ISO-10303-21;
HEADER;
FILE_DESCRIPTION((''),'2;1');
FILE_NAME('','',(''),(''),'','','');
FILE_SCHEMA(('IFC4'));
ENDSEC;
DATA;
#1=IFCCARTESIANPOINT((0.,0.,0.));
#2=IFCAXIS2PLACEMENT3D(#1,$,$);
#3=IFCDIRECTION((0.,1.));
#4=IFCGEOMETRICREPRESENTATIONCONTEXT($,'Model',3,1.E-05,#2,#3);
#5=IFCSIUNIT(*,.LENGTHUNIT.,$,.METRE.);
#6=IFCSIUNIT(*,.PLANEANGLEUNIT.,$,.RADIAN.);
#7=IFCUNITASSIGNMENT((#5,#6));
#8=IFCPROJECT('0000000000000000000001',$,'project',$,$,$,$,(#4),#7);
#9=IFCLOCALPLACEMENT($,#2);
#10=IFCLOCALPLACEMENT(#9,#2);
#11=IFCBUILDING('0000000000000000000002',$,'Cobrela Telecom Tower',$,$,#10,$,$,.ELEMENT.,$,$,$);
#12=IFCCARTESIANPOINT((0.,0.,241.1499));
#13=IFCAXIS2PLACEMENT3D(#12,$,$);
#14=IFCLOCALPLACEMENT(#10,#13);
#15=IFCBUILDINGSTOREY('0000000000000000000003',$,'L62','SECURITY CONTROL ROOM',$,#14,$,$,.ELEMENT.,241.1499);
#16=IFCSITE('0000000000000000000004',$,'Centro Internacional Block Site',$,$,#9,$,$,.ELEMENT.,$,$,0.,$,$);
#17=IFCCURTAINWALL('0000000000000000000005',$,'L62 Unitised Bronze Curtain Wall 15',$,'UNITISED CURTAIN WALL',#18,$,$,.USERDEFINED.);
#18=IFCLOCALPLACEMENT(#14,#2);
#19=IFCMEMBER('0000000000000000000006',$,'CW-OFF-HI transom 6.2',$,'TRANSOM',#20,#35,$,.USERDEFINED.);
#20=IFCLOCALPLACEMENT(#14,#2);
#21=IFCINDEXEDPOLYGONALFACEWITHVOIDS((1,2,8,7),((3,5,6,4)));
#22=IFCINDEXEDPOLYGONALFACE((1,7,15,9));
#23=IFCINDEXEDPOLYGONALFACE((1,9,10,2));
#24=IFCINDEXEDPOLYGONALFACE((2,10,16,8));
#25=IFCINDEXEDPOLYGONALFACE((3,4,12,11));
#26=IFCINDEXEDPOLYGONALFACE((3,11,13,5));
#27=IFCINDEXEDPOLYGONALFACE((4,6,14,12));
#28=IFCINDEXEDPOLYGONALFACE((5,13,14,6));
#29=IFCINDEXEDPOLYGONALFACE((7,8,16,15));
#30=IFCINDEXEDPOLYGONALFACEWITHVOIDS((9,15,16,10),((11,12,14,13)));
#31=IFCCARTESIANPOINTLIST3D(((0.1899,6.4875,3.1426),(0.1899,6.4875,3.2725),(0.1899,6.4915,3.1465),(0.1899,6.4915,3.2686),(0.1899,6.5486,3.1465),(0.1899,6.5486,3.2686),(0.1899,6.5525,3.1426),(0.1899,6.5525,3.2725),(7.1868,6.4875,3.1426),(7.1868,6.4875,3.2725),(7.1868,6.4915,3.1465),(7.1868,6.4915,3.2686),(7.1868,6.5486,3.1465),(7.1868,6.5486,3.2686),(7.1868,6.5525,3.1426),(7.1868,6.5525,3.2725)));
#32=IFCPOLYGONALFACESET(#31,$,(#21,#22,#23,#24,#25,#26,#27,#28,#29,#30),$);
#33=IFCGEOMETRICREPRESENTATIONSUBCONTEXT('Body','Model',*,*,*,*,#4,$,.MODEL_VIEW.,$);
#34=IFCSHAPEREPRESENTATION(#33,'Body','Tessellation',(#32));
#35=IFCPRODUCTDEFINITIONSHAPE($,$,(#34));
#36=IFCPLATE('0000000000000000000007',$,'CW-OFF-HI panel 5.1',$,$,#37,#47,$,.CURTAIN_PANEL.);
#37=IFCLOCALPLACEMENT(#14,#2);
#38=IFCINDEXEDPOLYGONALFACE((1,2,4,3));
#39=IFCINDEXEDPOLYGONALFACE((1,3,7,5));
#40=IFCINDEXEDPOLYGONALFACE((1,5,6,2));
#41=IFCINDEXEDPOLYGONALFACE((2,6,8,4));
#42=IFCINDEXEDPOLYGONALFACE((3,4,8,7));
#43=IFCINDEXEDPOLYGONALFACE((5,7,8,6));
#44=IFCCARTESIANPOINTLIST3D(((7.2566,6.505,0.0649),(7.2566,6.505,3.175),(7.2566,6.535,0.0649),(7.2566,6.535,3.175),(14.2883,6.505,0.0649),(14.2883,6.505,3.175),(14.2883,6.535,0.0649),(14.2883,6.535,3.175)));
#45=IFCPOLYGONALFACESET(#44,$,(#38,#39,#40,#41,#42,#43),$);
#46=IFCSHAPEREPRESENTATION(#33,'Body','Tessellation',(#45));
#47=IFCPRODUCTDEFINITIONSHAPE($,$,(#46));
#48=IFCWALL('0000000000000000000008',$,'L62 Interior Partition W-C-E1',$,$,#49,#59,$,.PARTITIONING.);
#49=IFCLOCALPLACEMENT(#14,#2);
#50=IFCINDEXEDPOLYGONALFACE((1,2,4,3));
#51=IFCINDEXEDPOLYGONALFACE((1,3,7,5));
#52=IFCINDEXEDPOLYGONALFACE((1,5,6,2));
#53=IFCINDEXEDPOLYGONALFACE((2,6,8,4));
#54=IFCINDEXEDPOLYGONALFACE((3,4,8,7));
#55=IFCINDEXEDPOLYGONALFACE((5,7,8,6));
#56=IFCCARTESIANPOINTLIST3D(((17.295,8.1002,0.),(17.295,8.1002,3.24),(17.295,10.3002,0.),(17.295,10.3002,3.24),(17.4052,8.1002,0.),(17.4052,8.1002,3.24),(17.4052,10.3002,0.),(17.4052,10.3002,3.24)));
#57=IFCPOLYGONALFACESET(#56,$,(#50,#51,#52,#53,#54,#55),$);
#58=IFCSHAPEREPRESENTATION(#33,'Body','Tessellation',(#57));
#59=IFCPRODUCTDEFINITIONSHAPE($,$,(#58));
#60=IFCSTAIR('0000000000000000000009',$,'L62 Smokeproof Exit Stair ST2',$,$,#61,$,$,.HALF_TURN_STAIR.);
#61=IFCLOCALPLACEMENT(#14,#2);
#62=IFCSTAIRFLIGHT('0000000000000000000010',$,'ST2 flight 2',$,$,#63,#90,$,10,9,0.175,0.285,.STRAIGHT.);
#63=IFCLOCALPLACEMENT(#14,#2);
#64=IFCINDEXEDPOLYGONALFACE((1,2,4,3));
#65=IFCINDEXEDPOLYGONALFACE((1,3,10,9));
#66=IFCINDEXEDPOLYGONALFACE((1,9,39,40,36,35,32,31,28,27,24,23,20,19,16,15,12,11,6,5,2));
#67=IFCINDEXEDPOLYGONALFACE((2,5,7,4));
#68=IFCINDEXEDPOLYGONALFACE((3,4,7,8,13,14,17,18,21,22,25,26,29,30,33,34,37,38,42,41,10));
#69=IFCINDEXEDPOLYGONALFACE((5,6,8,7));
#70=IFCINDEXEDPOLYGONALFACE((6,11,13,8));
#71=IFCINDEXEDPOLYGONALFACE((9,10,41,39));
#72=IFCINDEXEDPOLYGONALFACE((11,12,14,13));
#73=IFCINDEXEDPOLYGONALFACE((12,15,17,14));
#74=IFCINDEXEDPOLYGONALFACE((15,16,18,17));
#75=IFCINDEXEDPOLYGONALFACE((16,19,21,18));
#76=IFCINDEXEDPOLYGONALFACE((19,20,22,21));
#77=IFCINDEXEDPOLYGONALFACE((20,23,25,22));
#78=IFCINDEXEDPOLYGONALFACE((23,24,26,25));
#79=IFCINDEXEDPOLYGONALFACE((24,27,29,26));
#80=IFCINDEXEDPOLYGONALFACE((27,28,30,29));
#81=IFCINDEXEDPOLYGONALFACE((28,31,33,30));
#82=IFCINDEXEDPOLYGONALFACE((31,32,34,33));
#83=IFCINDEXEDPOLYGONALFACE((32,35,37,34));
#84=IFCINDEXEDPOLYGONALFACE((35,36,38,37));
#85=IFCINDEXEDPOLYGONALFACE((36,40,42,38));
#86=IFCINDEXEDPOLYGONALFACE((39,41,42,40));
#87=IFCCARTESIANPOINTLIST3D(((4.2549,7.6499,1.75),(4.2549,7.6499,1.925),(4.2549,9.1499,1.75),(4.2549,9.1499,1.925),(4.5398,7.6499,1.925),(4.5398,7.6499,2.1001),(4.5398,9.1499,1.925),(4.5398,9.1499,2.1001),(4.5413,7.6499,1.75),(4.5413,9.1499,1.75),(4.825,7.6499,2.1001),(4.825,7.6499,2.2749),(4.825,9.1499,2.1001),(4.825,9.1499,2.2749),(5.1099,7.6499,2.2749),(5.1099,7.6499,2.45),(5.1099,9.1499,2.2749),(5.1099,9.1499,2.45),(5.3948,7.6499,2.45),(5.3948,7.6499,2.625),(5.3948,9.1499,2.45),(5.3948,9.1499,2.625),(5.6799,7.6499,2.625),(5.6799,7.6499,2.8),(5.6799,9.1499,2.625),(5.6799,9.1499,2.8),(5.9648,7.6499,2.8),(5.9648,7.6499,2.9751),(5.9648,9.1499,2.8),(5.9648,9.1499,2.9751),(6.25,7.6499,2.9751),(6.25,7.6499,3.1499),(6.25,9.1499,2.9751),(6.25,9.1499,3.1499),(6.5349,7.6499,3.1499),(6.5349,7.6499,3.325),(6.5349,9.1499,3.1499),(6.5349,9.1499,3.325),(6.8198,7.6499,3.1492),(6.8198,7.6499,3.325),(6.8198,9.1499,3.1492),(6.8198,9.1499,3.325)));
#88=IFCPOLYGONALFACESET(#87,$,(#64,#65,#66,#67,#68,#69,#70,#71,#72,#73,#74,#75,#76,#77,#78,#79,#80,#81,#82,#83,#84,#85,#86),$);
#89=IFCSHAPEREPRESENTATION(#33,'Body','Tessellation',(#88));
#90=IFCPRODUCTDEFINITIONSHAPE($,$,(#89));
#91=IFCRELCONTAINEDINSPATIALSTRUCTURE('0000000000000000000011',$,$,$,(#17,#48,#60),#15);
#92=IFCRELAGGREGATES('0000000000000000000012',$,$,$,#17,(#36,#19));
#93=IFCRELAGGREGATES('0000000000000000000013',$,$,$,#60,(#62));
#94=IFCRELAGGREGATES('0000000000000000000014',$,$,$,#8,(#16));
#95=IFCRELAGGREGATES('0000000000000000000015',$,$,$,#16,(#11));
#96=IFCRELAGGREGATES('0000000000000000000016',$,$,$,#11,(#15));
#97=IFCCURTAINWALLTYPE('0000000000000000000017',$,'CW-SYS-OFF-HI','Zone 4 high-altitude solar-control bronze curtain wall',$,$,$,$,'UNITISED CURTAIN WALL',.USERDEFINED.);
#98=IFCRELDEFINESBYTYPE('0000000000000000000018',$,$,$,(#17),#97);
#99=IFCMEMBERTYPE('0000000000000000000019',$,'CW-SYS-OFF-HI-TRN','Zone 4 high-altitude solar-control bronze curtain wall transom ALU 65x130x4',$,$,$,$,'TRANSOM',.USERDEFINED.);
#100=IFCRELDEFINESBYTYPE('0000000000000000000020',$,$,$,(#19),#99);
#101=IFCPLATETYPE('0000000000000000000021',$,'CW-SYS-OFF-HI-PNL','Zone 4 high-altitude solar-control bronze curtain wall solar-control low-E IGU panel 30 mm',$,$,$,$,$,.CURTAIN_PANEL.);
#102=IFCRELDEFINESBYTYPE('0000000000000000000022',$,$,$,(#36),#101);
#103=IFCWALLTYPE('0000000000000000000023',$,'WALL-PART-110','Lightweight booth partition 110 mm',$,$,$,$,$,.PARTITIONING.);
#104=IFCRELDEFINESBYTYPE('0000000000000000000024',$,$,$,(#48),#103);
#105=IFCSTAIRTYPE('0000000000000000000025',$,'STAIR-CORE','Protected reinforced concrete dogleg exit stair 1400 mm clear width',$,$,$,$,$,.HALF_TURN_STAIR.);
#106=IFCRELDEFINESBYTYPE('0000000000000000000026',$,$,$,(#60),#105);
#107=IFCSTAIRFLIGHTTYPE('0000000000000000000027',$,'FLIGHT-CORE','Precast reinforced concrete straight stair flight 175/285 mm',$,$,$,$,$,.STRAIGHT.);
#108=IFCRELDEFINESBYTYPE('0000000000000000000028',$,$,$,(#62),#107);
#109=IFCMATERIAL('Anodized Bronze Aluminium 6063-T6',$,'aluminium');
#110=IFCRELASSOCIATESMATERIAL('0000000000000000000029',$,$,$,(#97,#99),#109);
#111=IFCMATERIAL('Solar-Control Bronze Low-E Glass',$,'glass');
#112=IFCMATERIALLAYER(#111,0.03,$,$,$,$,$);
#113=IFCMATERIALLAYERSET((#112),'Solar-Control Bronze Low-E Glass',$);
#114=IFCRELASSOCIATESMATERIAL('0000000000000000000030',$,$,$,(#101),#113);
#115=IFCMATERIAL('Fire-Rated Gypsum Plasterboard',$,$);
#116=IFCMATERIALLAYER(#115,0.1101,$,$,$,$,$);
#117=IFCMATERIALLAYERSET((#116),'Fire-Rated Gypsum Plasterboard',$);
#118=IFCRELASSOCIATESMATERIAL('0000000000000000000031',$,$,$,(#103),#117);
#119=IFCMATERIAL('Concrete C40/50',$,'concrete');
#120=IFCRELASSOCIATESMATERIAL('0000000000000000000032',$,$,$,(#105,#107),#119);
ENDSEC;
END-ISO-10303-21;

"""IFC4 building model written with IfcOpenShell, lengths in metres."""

from ifc_helpers import new_model, si_unit, direction, frame, frame_2d, origin, origin_2d, place, context, subcontext, project, spatial, polyline, rectangle, hollow_rectangle, outline, extrude, material, layer, layer_set, material_profile, profile_set, type_object, element, aggregate, save


model = new_model("IFC4")

# Units and contexts
model_context = context("Model", 3, precision=1e-05, world=origin(), true_north=direction((0.0, 1.0)))
body_context = subcontext(model_context, "Body", "Model", "MODEL_VIEW")
ifc_project = project(units=[si_unit("LENGTHUNIT", "METRE"), si_unit("PLANEANGLEUNIT", "RADIAN")], contexts=[model_context])

# Site, building, storey
site_placement = place(None, origin())
site = spatial("IfcSite", under=ifc_project, at=site_placement, Name="Centro Internacional Block Site", CompositionType="ELEMENT", RefElevation=0.0)
building_placement = place(site_placement, origin())
building = spatial("IfcBuilding", under=site, at=building_placement, Name="Cobrela Telecom Tower", CompositionType="ELEMENT")
storey_placement = place(building_placement, frame((0.0, 0.0, 241.1499)))
storey = spatial("IfcBuildingStorey", under=building, at=storey_placement, Name="L62", Description="SECURITY CONTROL ROOM", CompositionType="ELEMENT", Elevation=241.1499)

# Curtain wall, member, plate
ifc_material_1 = material(Name="Anodized Bronze Aluminium 6063-T6", Category="aluminium")
curtain_wall_type = type_object("IfcCurtainWallType", Name="CW-SYS-OFF-HI", Description="Zone 4 high-altitude solar-control bronze curtain wall", ElementType="UNITISED CURTAIN WALL", PredefinedType="USERDEFINED", material=ifc_material_1)
curtain_wall_placement = place(storey_placement, origin())
curtain_wall = element("IfcCurtainWall", 1, at=curtain_wall_placement, inside=storey, type_object=curtain_wall_type, Name="L62 Unitised Bronze Curtain Wall 15", ObjectType="UNITISED CURTAIN WALL", PredefinedType="USERDEFINED")
ifc_material_profile_1 = material_profile(ifc_material_1, hollow_rectangle(XDim=0.0649, YDim=0.1299, WallThickness=0.0039, at=origin_2d()), Name="ALU 65x130x4")
ifc_profile_set_1 = profile_set([ifc_material_profile_1], Name="Anodized Bronze Aluminium 6063-T6")
member_type_1 = type_object("IfcMemberType", Name="CW-SYS-OFF-HI-TRN", Description="Zone 4 high-altitude solar-control bronze curtain wall transom ALU 65x130x4", ElementType="TRANSOM", PredefinedType="USERDEFINED", material=ifc_profile_set_1)
member_1_placement = place(storey_placement, frame((7.1868, 6.52, 3.2075), z_axis=(-1.0, 0.0, 0.0), x_axis=(0.0, -1.0, 0.0)))
member_1 = element("IfcMember", 2, at=member_1_placement, type_object=member_type_1, Name="CW-OFF-HI transom 6.2", ObjectType="TRANSOM", PredefinedType="USERDEFINED", context=body_context, shape_type="SweptSolid", body=[
    extrude(hollow_rectangle(XDim=0.0649, YDim=0.1299, WallThickness=0.0039, at=origin_2d()), origin(), (0.0, 0.0, 1.0), 6.9968),
])
ifc_material_2 = material(Name="Solar-Control Bronze Low-E Glass", Category="glass")
ifc_layer_1 = layer(ifc_material_2, 0.03)
ifc_layer_set_1 = layer_set([ifc_layer_1], Name="Solar-Control Bronze Low-E Glass")
plate_type = type_object("IfcPlateType", Name="CW-SYS-OFF-HI-PNL", Description="Zone 4 high-altitude solar-control bronze curtain wall solar-control low-E IGU panel 30 mm", PredefinedType="CURTAIN_PANEL", material=ifc_layer_set_1)
plate_placement = place(storey_placement, frame((10.7725, 6.52, 0.0649), z_axis=(0.0, 0.0, 1.0), x_axis=(-1.0, 0.0, 0.0)))
plate = element("IfcPlate", 3, at=plate_placement, type_object=plate_type, Name="CW-OFF-HI panel 5.1", PredefinedType="CURTAIN_PANEL", context=body_context, shape_type="SweptSolid", body=[
    extrude(rectangle(XDim=7.0317, YDim=0.03, at=origin_2d()), origin(), (0.0, 0.0, 1.0), 3.1101),
])
aggregate(curtain_wall, [plate, member_1])

# Wall
ifc_material_3 = material(Name="Fire-Rated Gypsum Plasterboard")
ifc_layer_2 = layer(ifc_material_3, 0.1101)
ifc_layer_set_2 = layer_set([ifc_layer_2], Name="Fire-Rated Gypsum Plasterboard")
wall_type_1 = type_object("IfcWallType", Name="WALL-PART-110", Description="Lightweight booth partition 110 mm", PredefinedType="PARTITIONING", material=ifc_layer_set_2)
wall_1_placement = place(storey_placement, frame((17.3501, 8.1001, 0.0), z_axis=(0.0, 0.0, 1.0), x_axis=(0.0, 1.0, 0.0)))
element("IfcWall", 4, at=wall_1_placement, inside=storey, type_object=wall_type_1, Name="L62 Interior Partition W-C-E1", PredefinedType="PARTITIONING", context=body_context, shape_type="SweptSolid", body=[
    extrude(rectangle(XDim=2.2, YDim=0.1101, at=frame_2d((1.1001, 0.0))), origin(), (0.0, 0.0, 1.0), 3.24),
])

# Shared definitions
ifc_material_4 = material(Name="Concrete C40/50", Category="concrete")

# Stair, stair flight
stair_type = type_object("IfcStairType", Name="STAIR-CORE", Description="Protected reinforced concrete dogleg exit stair 1400 mm clear width", PredefinedType="HALF_TURN_STAIR", material=ifc_material_4)
stair_placement = place(storey_placement, origin())
stair = element("IfcStair", 5, at=stair_placement, inside=storey, type_object=stair_type, Name="L62 Smokeproof Exit Stair ST2", PredefinedType="HALF_TURN_STAIR")
stair_flight_type = type_object("IfcStairFlightType", Name="FLIGHT-CORE", Description="Precast reinforced concrete straight stair flight 175/285 mm", PredefinedType="STRAIGHT", material=ifc_material_4)
stair_flight_placement = place(storey_placement, frame((4.2549, 8.3999, 1.75), z_axis=(0.0, 0.0, 1.0), x_axis=(1.0, 0.0, 0.0)))
stair_flight = element("IfcStairFlight", 6, at=stair_flight_placement, type_object=stair_flight_type, Name="ST2 flight 2", NumberOfRisers=10, NumberOfTreads=9, PredefinedType="STRAIGHT", RiserHeight=0.175, TreadLength=0.285, context=body_context, shape_type="SweptSolid", body=[
    extrude(outline(polyline([(0.0, 0.0), (0.0, 0.175), (0.2849, 0.175), (0.2849, 0.3501), (0.5701, 0.3501), (0.5701, 0.5249), (0.855, 0.5249), (0.855, 0.7), (1.1399, 0.7), (1.1399, 0.875), (1.425, 0.875), (1.425, 1.05), (1.71, 1.05), (1.71, 1.2251), (1.9951, 1.2251), (1.9951, 1.3999), (2.28, 1.3999), (2.28, 1.575), (2.5649, 1.575), (2.5649, 1.75), (2.5649, 1.3992), (0.2864, 0.0), (0.0, 0.0)])), frame((0.0, 0.75, 0.0), z_axis=(0.0, -1.0, 0.0), x_axis=(1.0, 0.0, 0.0)), (0.0, 0.0, 1.0), 1.5),
])
aggregate(stair, [stair_flight])

save(model, "model.ifc")
